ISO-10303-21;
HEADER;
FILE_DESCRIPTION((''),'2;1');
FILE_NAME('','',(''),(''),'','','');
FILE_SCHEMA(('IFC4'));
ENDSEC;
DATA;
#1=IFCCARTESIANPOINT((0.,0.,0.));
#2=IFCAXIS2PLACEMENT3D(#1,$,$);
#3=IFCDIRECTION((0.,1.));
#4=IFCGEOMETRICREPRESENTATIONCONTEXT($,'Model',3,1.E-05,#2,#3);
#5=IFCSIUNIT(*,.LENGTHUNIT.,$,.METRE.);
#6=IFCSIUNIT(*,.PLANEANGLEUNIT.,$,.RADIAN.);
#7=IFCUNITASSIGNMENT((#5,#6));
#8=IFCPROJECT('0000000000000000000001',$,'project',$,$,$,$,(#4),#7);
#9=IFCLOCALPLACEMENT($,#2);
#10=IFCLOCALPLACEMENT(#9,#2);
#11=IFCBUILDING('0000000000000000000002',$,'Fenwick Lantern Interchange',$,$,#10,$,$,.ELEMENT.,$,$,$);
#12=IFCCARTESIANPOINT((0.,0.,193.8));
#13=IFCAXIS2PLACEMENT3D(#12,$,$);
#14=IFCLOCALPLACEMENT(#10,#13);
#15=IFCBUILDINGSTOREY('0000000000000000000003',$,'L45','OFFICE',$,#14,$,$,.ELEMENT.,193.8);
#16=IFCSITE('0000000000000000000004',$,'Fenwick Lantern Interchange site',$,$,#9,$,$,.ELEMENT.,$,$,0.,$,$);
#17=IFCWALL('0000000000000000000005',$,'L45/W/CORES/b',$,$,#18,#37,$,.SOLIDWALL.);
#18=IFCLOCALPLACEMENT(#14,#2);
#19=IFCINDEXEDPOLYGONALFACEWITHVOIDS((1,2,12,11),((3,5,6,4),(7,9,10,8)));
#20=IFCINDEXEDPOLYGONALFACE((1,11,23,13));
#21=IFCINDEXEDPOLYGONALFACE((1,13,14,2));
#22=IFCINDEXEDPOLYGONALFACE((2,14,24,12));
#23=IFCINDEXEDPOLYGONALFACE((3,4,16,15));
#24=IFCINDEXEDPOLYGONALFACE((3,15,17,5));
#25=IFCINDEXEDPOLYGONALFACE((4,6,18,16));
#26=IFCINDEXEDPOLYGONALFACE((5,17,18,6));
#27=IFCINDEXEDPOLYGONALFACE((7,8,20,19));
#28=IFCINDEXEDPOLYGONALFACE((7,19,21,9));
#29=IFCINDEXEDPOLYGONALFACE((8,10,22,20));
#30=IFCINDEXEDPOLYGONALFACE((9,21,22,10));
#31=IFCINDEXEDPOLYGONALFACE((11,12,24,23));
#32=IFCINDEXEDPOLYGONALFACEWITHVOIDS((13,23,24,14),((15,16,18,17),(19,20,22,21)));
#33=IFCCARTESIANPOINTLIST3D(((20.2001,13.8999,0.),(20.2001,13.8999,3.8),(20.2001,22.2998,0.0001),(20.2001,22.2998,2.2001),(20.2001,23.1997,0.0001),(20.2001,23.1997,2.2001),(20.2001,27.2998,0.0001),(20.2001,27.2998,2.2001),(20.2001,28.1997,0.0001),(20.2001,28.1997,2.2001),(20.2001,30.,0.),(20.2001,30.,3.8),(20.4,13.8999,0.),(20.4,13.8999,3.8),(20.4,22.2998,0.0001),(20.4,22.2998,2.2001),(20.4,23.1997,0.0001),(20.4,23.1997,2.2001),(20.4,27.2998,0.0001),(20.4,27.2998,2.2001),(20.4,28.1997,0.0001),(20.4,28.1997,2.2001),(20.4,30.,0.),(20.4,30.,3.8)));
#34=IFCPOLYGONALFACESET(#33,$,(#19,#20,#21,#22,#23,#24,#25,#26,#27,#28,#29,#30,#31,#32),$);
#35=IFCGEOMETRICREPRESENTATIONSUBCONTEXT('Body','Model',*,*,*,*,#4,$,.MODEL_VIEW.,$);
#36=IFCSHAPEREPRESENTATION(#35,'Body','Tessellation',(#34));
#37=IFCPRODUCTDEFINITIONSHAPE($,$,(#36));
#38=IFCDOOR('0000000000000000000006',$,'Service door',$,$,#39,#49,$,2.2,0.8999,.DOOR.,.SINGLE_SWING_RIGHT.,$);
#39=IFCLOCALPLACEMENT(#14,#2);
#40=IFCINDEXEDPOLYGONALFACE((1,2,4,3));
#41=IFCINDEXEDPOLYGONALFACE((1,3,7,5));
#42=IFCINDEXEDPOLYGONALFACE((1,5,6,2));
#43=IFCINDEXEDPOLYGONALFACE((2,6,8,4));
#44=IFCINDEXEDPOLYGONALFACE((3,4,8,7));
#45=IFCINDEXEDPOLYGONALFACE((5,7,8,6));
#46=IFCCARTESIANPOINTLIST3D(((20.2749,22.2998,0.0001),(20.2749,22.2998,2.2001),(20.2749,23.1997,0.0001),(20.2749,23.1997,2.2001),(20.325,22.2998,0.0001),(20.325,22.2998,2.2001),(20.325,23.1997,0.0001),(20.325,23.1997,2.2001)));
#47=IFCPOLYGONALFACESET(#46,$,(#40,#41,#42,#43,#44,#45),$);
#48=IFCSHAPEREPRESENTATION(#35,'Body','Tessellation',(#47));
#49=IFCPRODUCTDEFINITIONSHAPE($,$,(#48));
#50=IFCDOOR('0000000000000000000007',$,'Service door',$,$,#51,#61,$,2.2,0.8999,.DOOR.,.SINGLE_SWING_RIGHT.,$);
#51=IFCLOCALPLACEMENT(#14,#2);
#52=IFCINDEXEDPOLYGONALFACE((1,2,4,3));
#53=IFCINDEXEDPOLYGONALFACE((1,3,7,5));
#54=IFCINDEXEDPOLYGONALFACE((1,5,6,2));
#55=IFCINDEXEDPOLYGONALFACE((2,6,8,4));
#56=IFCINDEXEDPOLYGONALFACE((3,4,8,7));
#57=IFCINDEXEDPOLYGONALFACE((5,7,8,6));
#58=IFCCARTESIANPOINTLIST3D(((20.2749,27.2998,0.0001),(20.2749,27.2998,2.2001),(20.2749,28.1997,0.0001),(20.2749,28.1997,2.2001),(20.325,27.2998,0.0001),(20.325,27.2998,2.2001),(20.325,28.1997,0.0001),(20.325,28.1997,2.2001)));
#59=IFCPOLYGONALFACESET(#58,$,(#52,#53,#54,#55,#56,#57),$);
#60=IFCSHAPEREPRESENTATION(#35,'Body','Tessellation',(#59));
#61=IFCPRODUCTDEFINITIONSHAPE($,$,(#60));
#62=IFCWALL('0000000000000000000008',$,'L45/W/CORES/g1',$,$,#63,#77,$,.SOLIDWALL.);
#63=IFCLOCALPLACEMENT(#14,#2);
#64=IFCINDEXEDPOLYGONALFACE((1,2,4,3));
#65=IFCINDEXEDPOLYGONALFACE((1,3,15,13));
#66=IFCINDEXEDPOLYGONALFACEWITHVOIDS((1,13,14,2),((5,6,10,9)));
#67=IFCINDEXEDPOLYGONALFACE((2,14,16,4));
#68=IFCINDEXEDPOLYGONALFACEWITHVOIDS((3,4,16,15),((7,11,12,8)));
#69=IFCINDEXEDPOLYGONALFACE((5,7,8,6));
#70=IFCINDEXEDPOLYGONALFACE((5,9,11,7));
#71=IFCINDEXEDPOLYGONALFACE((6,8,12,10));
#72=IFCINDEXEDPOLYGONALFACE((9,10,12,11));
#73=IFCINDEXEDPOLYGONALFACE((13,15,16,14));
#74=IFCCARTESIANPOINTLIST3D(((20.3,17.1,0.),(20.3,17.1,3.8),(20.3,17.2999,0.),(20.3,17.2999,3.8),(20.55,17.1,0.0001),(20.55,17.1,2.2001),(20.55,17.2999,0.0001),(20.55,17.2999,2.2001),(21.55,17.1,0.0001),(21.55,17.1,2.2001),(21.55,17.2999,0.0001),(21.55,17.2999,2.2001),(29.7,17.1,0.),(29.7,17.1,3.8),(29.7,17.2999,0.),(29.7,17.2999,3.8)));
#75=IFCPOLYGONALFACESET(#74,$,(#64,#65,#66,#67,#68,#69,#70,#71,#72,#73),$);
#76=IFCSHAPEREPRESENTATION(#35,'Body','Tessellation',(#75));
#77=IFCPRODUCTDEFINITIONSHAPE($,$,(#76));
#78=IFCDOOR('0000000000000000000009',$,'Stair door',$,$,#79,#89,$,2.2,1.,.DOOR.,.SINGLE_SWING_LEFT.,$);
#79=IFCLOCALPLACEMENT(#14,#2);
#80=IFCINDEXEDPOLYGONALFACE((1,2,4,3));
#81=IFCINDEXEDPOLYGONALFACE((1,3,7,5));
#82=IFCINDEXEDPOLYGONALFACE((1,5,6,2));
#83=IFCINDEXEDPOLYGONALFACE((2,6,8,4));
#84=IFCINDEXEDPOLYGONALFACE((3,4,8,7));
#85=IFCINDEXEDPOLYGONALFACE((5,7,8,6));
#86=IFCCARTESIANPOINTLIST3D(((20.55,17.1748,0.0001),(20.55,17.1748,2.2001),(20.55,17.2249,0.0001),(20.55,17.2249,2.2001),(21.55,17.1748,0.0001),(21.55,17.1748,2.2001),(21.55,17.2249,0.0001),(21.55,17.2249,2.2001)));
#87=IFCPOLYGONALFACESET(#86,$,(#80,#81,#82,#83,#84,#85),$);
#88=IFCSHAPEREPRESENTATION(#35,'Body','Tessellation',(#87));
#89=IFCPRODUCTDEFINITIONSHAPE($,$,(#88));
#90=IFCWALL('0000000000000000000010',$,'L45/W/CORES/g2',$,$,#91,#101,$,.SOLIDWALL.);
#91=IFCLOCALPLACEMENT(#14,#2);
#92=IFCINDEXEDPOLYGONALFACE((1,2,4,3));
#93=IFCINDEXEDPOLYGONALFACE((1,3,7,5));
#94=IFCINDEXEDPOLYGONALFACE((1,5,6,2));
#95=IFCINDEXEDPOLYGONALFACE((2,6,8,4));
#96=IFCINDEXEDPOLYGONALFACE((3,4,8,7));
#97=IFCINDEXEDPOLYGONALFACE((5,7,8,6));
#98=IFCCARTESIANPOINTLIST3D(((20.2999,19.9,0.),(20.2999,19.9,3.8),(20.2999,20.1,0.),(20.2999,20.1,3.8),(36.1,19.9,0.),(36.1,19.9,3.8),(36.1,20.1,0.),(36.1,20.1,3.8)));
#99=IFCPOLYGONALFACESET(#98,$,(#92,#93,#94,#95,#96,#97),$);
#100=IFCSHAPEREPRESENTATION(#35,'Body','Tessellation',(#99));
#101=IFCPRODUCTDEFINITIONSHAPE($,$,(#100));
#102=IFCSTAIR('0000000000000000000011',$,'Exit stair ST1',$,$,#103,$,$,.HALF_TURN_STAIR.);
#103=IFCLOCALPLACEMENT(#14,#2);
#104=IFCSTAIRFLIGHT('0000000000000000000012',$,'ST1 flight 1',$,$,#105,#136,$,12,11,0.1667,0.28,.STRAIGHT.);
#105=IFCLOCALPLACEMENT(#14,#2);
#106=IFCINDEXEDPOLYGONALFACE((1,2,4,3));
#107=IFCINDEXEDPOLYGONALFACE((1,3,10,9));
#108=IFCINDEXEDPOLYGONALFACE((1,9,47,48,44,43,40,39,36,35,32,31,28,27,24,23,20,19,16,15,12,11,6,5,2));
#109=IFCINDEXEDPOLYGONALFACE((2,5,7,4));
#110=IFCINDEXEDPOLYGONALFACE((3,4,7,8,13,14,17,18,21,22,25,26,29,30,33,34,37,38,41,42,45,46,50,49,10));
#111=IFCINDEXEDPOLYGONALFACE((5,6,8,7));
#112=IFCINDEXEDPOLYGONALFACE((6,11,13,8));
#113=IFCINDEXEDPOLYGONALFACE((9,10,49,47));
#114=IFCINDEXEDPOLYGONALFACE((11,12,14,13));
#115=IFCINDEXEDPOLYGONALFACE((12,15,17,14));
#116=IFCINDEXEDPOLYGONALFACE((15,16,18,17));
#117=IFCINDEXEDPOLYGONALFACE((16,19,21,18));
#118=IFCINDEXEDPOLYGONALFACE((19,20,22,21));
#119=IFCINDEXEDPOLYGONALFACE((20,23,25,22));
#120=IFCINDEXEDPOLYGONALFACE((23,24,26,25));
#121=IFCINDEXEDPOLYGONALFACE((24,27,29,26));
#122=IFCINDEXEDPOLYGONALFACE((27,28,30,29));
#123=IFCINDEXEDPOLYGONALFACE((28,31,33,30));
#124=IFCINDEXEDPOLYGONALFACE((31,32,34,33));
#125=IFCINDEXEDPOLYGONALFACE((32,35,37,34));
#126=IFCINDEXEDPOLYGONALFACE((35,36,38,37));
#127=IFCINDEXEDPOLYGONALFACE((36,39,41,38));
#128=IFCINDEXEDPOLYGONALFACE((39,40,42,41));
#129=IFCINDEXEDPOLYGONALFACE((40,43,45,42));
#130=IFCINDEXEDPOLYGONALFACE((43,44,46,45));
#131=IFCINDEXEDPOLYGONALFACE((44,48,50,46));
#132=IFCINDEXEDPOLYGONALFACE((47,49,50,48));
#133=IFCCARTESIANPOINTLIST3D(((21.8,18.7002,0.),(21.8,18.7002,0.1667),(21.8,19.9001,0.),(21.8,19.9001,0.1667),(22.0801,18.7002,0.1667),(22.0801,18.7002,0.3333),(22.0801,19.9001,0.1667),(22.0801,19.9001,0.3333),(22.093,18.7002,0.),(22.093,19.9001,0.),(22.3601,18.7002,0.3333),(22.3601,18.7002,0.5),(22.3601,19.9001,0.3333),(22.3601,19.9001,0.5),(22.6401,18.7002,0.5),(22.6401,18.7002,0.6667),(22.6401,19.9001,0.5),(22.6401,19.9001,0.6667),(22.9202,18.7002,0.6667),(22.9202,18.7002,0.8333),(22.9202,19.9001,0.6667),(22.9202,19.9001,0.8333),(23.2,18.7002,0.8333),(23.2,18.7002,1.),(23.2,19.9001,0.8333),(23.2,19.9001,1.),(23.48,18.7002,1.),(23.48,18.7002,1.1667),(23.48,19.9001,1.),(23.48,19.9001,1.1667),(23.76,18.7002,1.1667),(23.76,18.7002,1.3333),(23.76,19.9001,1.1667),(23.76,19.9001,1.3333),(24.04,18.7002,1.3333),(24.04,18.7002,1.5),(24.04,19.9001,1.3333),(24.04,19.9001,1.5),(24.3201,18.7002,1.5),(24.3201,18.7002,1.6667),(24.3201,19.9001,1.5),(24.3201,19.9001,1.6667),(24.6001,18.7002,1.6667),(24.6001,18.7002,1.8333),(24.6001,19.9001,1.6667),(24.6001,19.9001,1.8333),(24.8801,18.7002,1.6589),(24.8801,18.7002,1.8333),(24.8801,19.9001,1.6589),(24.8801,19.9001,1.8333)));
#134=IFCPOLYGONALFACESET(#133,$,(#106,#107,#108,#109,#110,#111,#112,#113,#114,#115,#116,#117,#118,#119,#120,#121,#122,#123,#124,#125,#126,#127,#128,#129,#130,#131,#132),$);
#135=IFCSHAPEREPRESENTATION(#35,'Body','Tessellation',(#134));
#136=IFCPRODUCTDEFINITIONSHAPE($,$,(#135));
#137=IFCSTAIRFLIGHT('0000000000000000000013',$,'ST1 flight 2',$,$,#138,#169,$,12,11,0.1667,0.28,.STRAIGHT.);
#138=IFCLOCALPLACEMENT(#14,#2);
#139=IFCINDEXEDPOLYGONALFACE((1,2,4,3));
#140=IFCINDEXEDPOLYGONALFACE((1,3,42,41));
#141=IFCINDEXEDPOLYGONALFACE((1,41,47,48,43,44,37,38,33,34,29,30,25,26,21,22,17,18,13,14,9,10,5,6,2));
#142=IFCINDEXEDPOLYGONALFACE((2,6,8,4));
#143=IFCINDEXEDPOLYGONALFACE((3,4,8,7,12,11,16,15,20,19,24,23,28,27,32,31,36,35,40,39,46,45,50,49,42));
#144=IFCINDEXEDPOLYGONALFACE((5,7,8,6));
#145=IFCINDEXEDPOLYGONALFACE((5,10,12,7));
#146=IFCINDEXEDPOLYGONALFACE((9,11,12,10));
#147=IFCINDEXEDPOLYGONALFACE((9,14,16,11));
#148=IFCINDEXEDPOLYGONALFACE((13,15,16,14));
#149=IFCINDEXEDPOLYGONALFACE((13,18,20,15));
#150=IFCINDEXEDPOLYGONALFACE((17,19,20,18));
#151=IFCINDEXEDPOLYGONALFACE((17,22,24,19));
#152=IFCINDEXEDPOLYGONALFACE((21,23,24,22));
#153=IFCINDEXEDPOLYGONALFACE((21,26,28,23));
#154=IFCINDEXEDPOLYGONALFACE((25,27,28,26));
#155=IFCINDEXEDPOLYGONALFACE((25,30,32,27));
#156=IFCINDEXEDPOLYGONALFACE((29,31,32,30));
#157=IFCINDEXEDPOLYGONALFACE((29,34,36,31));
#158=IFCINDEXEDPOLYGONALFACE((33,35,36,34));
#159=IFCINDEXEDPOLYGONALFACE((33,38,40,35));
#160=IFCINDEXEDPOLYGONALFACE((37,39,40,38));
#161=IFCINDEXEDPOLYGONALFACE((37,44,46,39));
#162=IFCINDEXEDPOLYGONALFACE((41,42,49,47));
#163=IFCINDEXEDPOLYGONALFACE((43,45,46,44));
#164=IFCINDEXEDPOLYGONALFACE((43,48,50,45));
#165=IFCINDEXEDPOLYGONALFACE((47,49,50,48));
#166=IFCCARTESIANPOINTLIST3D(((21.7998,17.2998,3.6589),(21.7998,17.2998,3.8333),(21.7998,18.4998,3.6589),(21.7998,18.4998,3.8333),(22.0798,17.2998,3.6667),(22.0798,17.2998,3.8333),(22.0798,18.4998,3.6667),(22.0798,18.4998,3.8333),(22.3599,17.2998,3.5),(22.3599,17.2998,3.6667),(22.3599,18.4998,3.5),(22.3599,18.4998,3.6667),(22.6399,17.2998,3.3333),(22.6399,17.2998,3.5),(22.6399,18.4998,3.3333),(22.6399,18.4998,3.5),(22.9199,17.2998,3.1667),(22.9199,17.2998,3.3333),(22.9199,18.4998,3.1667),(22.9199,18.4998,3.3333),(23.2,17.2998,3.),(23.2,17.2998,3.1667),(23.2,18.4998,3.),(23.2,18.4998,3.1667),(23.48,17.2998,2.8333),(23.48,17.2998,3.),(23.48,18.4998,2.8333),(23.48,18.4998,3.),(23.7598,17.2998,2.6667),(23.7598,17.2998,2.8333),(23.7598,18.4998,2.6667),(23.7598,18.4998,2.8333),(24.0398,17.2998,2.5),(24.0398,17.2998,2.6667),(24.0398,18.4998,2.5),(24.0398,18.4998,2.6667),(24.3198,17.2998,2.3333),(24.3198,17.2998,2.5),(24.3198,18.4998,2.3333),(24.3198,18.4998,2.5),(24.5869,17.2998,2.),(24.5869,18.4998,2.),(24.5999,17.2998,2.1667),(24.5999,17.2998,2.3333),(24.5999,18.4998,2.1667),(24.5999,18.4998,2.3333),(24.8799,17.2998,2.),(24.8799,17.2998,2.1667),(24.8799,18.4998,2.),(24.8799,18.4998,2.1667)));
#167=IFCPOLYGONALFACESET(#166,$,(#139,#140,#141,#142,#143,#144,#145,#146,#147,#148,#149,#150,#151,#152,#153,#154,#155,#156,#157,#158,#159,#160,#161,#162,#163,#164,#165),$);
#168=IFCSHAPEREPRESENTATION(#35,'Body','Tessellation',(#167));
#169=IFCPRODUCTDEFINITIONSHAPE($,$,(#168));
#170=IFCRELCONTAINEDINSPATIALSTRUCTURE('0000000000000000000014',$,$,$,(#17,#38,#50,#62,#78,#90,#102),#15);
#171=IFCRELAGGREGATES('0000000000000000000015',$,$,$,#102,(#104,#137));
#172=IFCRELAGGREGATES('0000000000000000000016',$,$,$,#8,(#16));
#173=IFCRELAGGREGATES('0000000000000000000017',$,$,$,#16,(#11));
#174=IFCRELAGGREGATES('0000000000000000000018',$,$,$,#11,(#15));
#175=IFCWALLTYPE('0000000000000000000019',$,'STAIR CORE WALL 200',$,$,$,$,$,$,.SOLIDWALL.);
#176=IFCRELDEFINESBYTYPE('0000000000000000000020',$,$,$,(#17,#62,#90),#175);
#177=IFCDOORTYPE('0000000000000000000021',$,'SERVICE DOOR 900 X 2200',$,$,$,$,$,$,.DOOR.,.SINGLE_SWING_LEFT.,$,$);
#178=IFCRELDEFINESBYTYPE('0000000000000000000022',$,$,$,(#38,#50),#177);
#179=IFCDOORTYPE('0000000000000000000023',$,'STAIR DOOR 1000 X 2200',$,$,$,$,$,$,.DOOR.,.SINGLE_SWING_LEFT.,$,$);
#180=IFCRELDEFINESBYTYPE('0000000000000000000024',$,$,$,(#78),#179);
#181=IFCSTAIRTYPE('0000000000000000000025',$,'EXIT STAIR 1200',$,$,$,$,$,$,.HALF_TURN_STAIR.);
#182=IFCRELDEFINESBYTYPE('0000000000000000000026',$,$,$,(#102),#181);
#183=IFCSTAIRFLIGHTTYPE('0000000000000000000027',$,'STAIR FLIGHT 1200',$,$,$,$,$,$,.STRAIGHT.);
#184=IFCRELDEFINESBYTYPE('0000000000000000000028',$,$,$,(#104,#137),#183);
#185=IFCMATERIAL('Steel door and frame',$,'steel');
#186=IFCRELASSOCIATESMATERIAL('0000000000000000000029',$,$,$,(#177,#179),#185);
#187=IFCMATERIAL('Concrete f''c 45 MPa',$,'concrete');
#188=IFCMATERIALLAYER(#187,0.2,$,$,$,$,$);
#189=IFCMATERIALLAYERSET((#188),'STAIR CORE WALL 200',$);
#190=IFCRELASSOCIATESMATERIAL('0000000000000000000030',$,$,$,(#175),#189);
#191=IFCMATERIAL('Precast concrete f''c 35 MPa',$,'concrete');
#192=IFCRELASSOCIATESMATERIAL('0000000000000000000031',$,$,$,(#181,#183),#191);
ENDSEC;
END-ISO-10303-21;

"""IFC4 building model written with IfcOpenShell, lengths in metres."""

from ifc_helpers import new_model, si_unit, direction, frame, frame_2d, origin, place, context, subcontext, project, spatial, polyline, rectangle, outline, extrude, material, layer, layer_set, type_object, element, fill, aggregate, save


model = new_model("IFC4")

# Units and contexts
model_context = context("Model", 3, precision=1e-05, world=origin(), true_north=direction((0.0, 1.0)))
body_context = subcontext(model_context, "Body", "Model", "MODEL_VIEW")
ifc_project = project(units=[si_unit("LENGTHUNIT", "METRE"), si_unit("PLANEANGLEUNIT", "RADIAN")], contexts=[model_context])

# Site, building, storey
site_placement = place(None, origin())
site = spatial("IfcSite", under=ifc_project, at=site_placement, Name="Fenwick Lantern Interchange site", CompositionType="ELEMENT", RefElevation=0.0)
building_placement = place(site_placement, origin())
building = spatial("IfcBuilding", under=site, at=building_placement, Name="Fenwick Lantern Interchange", CompositionType="ELEMENT")
storey_placement = place(building_placement, frame((0.0, 0.0, 193.8)))
storey = spatial("IfcBuildingStorey", under=building, at=storey_placement, Name="L45", Description="OFFICE", CompositionType="ELEMENT", Elevation=193.8)

# Shared definitions
ifc_material_1 = material(Name="Steel door and frame", Category="steel")
door_type_1 = type_object("IfcDoorType", Name="SERVICE DOOR 900 X 2200", OperationType="SINGLE_SWING_LEFT", PredefinedType="DOOR", material=ifc_material_1)

# Wall, openings, doors
ifc_material_2 = material(Name="Concrete f'c 45 MPa", Category="concrete")
ifc_layer_1 = layer(ifc_material_2, 0.2)
ifc_layer_set_1 = layer_set([ifc_layer_1], Name="STAIR CORE WALL 200")
wall_type_1 = type_object("IfcWallType", Name="STAIR CORE WALL 200", PredefinedType="SOLIDWALL", material=ifc_layer_set_1)
wall_1_placement = place(storey_placement, frame((20.3, 13.8999, 0.0), z_axis=(0.0, 0.0, 1.0), x_axis=(0.0, 1.0, 0.0)))
wall_1 = element("IfcWall", 1, at=wall_1_placement, inside=storey, type_object=wall_type_1, Name="L45/W/CORES/b", PredefinedType="SOLIDWALL", context=body_context, shape_type="SweptSolid", body=[
    extrude(rectangle(XDim=16.1001, YDim=0.2, at=frame_2d((8.05, 0.0))), origin(), (0.0, 0.0, 1.0), 3.8),
])
opening_1_placement = place(wall_1_placement, frame((8.3999, 0.0, 0.0)))
opening_1 = element("IfcOpeningElement", 2, at=opening_1_placement, cuts=wall_1, PredefinedType="OPENING", context=body_context, shape_type="SweptSolid", body=[
    extrude(rectangle(XDim=0.8999, YDim=2.2, at=frame_2d((0.45, 1.1001))), frame((0.0, 0.1099, 0.0), z_axis=(0.0, -1.0, 0.0), x_axis=(1.0, 0.0, 0.0)), (0.0, 0.0, 1.0), 0.22),
])
opening_2_placement = place(wall_1_placement, frame((13.3999, 0.0, 0.0)))
opening_2 = element("IfcOpeningElement", 3, at=opening_2_placement, cuts=wall_1, PredefinedType="OPENING", context=body_context, shape_type="SweptSolid", body=[
    extrude(rectangle(XDim=0.8999, YDim=2.2, at=frame_2d((0.45, 1.1001))), frame((0.0, 0.1099, 0.0), z_axis=(0.0, -1.0, 0.0), x_axis=(1.0, 0.0, 0.0)), (0.0, 0.0, 1.0), 0.22),
])
door_1_placement = place(opening_1_placement, frame((0.8999, 0.0, 0.0), z_axis=(0.0, 0.0, 1.0), x_axis=(-1.0, 0.0, 0.0)))
door_1 = element("IfcDoor", 4, at=door_1_placement, inside=storey, type_object=door_type_1, Name="Service door", OperationType="SINGLE_SWING_RIGHT", OverallHeight=2.2, OverallWidth=0.8999, PredefinedType="DOOR", context=body_context, shape_type="SweptSolid", body=[
    extrude(rectangle(XDim=0.8999, YDim=2.2, at=frame_2d((0.45, 1.1001))), frame((0.0, 0.0249, 0.0), z_axis=(0.0, -1.0, 0.0), x_axis=(1.0, 0.0, 0.0)), (0.0, 0.0, 1.0), 0.05),
])
fill(opening_1, door_1)
door_2_placement = place(opening_2_placement, frame((0.8999, 0.0, 0.0), z_axis=(0.0, 0.0, 1.0), x_axis=(-1.0, 0.0, 0.0)))
door_2 = element("IfcDoor", 5, at=door_2_placement, inside=storey, type_object=door_type_1, Name="Service door", OperationType="SINGLE_SWING_RIGHT", OverallHeight=2.2, OverallWidth=0.8999, PredefinedType="DOOR", context=body_context, shape_type="SweptSolid", body=[
    extrude(rectangle(XDim=0.8999, YDim=2.2, at=frame_2d((0.45, 1.1001))), frame((0.0, 0.0249, 0.0), z_axis=(0.0, -1.0, 0.0), x_axis=(1.0, 0.0, 0.0)), (0.0, 0.0, 1.0), 0.05),
])
fill(opening_2, door_2)

# Wall, opening, door
wall_2_placement = place(storey_placement, frame((20.3, 17.2, 0.0), z_axis=(0.0, 0.0, 1.0), x_axis=(1.0, 0.0, 0.0)))
wall_2 = element("IfcWall", 6, at=wall_2_placement, inside=storey, type_object=wall_type_1, Name="L45/W/CORES/g1", PredefinedType="SOLIDWALL", context=body_context, shape_type="SweptSolid", body=[
    extrude(rectangle(XDim=9.3999, YDim=0.2, at=frame_2d((4.7, 0.0))), origin(), (0.0, 0.0, 1.0), 3.8),
])
opening_3_placement = place(wall_2_placement, frame((0.25, 0.0, 0.0)))
opening_3 = element("IfcOpeningElement", 7, at=opening_3_placement, cuts=wall_2, PredefinedType="OPENING", context=body_context, shape_type="SweptSolid", body=[
    extrude(rectangle(XDim=1.0, YDim=2.2, at=frame_2d((0.5, 1.1001))), frame((0.0, 0.1099, 0.0), z_axis=(0.0, -1.0, 0.0), x_axis=(1.0, 0.0, 0.0)), (0.0, 0.0, 1.0), 0.22),
])
door_type_2 = type_object("IfcDoorType", Name="STAIR DOOR 1000 X 2200", OperationType="SINGLE_SWING_LEFT", PredefinedType="DOOR", material=ifc_material_1)
door_3_placement = place(opening_3_placement, origin())
door_3 = element("IfcDoor", 8, at=door_3_placement, inside=storey, type_object=door_type_2, Name="Stair door", OperationType="SINGLE_SWING_LEFT", OverallHeight=2.2, OverallWidth=1.0, PredefinedType="DOOR", context=body_context, shape_type="SweptSolid", body=[
    extrude(rectangle(XDim=1.0, YDim=2.2, at=frame_2d((0.5, 1.1001))), frame((0.0, 0.0249, 0.0), z_axis=(0.0, -1.0, 0.0), x_axis=(1.0, 0.0, 0.0)), (0.0, 0.0, 1.0), 0.05),
])
fill(opening_3, door_3)

# Wall
wall_3_placement = place(storey_placement, frame((20.3, 20.0, 0.0), z_axis=(0.0, 0.0, 1.0), x_axis=(1.0, 0.0, 0.0)))
element("IfcWall", 9, at=wall_3_placement, inside=storey, type_object=wall_type_1, Name="L45/W/CORES/g2", PredefinedType="SOLIDWALL", context=body_context, shape_type="SweptSolid", body=[
    extrude(rectangle(XDim=15.8, YDim=0.2, at=frame_2d((7.8999, 0.0))), origin(), (0.0, 0.0, 1.0), 3.8),
])

# Stair, stair flights
ifc_material_3 = material(Name="Precast concrete f'c 35 MPa", Category="concrete")
stair_type = type_object("IfcStairType", Name="EXIT STAIR 1200", PredefinedType="HALF_TURN_STAIR", material=ifc_material_3)
stair_placement = place(storey_placement, origin())
stair = element("IfcStair", 10, at=stair_placement, inside=storey, type_object=stair_type, Name="Exit stair ST1", PredefinedType="HALF_TURN_STAIR")
stair_flight_type = type_object("IfcStairFlightType", Name="STAIR FLIGHT 1200", PredefinedType="STRAIGHT", material=ifc_material_3)
stair_flight_1_placement = place(storey_placement, frame((21.8, 19.3, 0.0), z_axis=(0.0, 0.0, 1.0), x_axis=(1.0, 0.0, 0.0)))
stair_flight_1 = element("IfcStairFlight", 11, at=stair_flight_1_placement, type_object=stair_flight_type, Name="ST1 flight 1", NumberOfRisers=12, NumberOfTreads=11, PredefinedType="STRAIGHT", RiserHeight=0.1667, TreadLength=0.28, context=body_context, shape_type="SweptSolid", body=[
    extrude(outline(polyline([(0.0, 0.0), (0.0, 0.1667), (0.28, 0.1667), (0.28, 0.3333), (0.5601, 0.3333), (0.5601, 0.5), (0.8401, 0.5), (0.8401, 0.6667), (1.1201, 0.6667), (1.1201, 0.8333), (1.3999, 0.8333), (1.3999, 1.0), (1.6799, 1.0), (1.6799, 1.1667), (1.96, 1.1667), (1.96, 1.3333), (2.24, 1.3333), (2.24, 1.5), (2.52, 1.5), (2.52, 1.6667), (2.8, 1.6667), (2.8, 1.8333), (3.0801, 1.8333), (3.0801, 2.0), (3.0801, 1.6589), (0.293, 0.0), (0.0, 0.0)])), frame((0.0, 0.6001, 0.0), z_axis=(0.0, -1.0, 0.0), x_axis=(1.0, 0.0, 0.0)), (0.0, 0.0, 1.0), 1.2),
])
stair_flight_2_placement = place(storey_placement, frame((24.8799, 17.8999, 2.0), z_axis=(0.0, 0.0, 1.0), x_axis=(-1.0, 0.0, 0.0)))
stair_flight_2 = element("IfcStairFlight", 12, at=stair_flight_2_placement, type_object=stair_flight_type, Name="ST1 flight 2", NumberOfRisers=12, NumberOfTreads=11, PredefinedType="STRAIGHT", RiserHeight=0.1667, TreadLength=0.28, context=body_context, shape_type="SweptSolid", body=[
    extrude(outline(polyline([(0.0, 0.0), (0.0, 0.1667), (0.28, 0.1667), (0.28, 0.3333), (0.5601, 0.3333), (0.5601, 0.5), (0.8401, 0.5), (0.8401, 0.6667), (1.1201, 0.6667), (1.1201, 0.8333), (1.3999, 0.8333), (1.3999, 1.0), (1.6799, 1.0), (1.6799, 1.1667), (1.96, 1.1667), (1.96, 1.3333), (2.24, 1.3333), (2.24, 1.5), (2.52, 1.5), (2.52, 1.6667), (2.8, 1.6667), (2.8, 1.8333), (3.0801, 1.8333), (3.0801, 2.0), (3.0801, 1.6589), (0.293, 0.0), (0.0, 0.0)])), frame((0.0, 0.6001, 0.0), z_axis=(0.0, -1.0, 0.0), x_axis=(1.0, 0.0, 0.0)), (0.0, 0.0, 1.0), 1.2),
])
aggregate(stair, [stair_flight_1, stair_flight_2])

save(model, "model.ifc")
